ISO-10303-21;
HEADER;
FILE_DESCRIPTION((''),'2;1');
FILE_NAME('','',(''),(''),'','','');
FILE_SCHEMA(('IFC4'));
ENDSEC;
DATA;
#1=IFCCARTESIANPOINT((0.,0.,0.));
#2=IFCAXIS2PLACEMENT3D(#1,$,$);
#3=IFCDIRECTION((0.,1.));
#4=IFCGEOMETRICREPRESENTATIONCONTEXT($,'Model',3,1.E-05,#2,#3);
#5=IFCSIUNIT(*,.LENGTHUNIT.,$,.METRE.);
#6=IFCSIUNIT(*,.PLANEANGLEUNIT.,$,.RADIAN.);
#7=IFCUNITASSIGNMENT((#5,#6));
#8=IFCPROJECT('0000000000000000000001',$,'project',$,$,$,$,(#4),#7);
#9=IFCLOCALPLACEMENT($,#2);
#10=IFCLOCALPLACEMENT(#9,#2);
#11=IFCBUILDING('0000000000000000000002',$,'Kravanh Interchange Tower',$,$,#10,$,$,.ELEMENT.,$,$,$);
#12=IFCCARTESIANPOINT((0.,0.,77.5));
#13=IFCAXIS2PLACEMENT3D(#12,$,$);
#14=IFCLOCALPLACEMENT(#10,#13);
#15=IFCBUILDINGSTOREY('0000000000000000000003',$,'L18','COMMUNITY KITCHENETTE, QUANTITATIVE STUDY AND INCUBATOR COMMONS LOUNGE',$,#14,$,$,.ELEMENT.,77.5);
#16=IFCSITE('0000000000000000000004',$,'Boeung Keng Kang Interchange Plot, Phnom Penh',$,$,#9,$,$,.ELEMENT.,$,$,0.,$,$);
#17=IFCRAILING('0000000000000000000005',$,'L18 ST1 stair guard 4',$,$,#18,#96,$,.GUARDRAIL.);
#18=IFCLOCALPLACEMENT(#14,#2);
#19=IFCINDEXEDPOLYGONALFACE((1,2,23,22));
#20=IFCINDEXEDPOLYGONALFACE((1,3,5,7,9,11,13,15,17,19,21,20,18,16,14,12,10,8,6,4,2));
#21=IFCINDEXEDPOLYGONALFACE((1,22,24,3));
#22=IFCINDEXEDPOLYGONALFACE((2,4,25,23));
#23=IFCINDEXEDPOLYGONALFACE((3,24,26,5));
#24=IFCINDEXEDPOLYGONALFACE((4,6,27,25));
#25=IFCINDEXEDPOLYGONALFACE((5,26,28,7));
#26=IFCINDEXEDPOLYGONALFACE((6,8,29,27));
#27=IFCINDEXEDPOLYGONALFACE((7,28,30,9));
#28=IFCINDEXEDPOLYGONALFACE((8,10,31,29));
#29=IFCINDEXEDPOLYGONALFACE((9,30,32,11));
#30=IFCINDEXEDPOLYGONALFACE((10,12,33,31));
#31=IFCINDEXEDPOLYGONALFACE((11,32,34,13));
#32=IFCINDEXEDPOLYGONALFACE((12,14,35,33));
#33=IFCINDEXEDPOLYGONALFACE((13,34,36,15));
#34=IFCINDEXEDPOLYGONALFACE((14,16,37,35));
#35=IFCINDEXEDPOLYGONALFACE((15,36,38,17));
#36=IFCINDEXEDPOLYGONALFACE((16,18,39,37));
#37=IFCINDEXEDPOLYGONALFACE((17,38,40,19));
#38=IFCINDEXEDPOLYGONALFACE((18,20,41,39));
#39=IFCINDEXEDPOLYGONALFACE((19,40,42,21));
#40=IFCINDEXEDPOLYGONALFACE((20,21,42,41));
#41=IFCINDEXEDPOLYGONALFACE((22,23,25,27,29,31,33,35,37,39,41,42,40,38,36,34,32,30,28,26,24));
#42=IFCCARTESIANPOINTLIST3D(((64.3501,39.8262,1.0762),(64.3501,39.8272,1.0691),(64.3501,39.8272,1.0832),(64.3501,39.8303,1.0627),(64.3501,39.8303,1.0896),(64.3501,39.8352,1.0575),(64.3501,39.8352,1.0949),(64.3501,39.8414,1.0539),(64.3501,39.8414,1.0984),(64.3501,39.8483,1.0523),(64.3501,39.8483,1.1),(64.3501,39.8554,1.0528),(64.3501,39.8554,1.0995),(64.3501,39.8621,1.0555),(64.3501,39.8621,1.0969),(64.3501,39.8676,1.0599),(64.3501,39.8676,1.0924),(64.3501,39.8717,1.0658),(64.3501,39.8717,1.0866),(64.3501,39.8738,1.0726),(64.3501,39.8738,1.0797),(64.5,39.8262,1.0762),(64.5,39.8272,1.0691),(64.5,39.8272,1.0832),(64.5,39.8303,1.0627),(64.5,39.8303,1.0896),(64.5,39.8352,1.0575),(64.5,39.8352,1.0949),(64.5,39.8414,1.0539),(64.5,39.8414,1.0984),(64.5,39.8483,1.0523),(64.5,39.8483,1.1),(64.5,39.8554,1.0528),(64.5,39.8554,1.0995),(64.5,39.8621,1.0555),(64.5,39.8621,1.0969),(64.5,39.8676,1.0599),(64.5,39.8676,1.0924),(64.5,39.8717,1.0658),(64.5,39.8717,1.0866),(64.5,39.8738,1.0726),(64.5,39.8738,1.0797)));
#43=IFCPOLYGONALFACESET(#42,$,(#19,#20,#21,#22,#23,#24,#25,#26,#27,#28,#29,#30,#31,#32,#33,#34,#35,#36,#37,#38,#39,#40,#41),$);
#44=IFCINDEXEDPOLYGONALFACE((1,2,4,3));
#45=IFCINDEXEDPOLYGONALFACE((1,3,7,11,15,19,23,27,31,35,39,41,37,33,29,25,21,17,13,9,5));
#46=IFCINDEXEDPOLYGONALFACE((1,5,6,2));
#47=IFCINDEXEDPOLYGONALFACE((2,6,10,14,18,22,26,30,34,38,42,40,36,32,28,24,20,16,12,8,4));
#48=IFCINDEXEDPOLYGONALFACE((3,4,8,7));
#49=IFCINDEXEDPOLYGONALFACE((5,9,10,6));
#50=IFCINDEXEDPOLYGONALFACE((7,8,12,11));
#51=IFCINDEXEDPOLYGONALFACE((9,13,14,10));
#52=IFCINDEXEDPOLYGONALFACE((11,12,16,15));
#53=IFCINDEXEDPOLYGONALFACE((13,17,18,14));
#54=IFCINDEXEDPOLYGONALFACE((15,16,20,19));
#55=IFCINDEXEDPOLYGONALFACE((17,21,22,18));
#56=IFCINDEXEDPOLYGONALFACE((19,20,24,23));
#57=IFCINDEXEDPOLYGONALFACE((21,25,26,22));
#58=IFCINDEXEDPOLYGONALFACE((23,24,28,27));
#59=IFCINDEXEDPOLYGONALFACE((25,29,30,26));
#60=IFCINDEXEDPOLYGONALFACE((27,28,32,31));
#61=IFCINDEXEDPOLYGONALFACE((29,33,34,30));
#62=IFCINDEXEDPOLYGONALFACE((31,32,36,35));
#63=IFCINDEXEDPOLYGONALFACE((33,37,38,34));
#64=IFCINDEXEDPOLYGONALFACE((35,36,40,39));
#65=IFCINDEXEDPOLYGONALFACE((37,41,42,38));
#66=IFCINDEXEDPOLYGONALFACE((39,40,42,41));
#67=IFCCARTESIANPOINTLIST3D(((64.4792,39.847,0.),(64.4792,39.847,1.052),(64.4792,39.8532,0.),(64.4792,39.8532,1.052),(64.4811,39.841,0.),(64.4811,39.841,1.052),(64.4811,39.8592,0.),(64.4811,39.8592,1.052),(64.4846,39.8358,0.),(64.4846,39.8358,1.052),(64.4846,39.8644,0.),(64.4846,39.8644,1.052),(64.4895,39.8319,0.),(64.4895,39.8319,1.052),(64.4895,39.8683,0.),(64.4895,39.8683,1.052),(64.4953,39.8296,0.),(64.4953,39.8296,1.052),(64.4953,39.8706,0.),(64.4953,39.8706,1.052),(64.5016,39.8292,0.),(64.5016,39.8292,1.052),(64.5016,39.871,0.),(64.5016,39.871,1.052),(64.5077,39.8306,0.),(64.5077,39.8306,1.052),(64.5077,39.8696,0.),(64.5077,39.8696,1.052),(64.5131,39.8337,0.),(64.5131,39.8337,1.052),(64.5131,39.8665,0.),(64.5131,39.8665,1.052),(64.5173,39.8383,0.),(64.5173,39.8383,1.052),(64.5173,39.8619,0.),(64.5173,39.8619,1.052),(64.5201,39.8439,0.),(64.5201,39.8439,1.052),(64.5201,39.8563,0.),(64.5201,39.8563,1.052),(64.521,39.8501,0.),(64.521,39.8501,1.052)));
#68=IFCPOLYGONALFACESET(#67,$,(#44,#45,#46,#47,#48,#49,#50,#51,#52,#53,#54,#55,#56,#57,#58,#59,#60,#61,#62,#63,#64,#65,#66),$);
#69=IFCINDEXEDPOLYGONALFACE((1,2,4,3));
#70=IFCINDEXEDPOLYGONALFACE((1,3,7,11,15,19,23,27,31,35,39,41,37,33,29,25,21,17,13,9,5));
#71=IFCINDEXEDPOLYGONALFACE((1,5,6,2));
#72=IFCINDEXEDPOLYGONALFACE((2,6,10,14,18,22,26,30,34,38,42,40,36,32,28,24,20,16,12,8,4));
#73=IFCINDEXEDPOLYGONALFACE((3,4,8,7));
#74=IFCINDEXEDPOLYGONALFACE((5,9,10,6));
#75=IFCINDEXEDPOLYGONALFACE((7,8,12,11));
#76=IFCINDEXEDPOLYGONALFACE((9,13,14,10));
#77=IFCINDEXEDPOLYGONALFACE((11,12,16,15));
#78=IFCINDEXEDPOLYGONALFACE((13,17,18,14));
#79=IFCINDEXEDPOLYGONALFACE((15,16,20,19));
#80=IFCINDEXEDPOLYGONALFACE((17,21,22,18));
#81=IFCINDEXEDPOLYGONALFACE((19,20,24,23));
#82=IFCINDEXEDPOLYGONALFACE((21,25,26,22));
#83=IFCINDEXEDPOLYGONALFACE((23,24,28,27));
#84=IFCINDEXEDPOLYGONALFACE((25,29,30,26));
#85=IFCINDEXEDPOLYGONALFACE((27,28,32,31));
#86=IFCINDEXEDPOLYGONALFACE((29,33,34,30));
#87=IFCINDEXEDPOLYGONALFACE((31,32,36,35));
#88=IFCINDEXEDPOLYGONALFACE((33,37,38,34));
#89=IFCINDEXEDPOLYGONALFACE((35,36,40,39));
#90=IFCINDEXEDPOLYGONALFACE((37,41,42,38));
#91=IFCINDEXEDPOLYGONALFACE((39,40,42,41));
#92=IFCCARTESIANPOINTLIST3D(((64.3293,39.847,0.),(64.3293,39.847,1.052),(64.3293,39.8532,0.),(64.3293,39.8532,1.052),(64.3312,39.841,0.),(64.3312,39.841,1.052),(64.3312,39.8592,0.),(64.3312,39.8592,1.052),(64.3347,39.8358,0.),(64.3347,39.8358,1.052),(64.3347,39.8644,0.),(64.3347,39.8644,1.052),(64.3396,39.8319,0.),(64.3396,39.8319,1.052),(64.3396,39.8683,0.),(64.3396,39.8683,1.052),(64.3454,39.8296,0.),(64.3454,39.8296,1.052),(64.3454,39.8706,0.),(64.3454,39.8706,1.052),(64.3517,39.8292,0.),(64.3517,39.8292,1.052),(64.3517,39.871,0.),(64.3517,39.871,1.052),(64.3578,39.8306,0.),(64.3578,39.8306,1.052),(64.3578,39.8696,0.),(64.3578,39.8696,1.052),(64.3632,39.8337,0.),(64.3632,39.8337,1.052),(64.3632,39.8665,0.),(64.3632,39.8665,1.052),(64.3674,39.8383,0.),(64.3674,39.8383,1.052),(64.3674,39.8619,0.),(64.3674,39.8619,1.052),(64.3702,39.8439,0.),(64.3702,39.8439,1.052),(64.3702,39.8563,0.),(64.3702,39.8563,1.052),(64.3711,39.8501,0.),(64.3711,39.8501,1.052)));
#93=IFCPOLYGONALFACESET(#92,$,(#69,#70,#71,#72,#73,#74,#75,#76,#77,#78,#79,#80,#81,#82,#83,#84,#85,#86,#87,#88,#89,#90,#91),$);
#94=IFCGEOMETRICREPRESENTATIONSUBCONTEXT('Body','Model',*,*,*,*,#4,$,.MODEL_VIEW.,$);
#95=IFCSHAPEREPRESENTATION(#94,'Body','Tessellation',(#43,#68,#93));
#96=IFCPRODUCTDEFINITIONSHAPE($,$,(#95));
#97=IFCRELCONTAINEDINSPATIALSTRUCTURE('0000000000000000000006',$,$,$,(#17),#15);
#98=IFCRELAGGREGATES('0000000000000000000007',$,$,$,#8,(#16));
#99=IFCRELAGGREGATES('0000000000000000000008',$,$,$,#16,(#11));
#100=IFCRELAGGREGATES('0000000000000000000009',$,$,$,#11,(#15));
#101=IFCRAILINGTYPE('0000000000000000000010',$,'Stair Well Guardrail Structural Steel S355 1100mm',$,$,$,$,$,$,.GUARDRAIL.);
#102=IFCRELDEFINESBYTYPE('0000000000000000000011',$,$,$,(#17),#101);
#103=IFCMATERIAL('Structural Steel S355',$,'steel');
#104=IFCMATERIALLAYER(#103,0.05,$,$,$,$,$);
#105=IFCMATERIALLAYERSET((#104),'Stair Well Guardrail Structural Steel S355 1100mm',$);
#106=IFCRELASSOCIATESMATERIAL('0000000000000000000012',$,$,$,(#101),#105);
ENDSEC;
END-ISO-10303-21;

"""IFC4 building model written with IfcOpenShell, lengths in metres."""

from ifc_helpers import new_model, si_unit, direction, frame, origin, origin_2d, place, context, subcontext, project, spatial, circle, extrude, material, layer, layer_set, type_object, element, save


model = new_model("IFC4")

# Units and contexts
model_context = context("Model", 3, precision=1e-05, world=origin(), true_north=direction((0.0, 1.0)))
body_context = subcontext(model_context, "Body", "Model", "MODEL_VIEW")
ifc_project = project(units=[si_unit("LENGTHUNIT", "METRE"), si_unit("PLANEANGLEUNIT", "RADIAN")], contexts=[model_context])

# Site, building, storey
site_placement = place(None, origin())
site = spatial("IfcSite", under=ifc_project, at=site_placement, Name="Boeung Keng Kang Interchange Plot, Phnom Penh", CompositionType="ELEMENT", RefElevation=0.0)
building_placement = place(site_placement, origin())
building = spatial("IfcBuilding", under=site, at=building_placement, Name="Kravanh Interchange Tower", CompositionType="ELEMENT")
storey_placement = place(building_placement, frame((0.0, 0.0, 77.5)))
storey = spatial("IfcBuildingStorey", under=building, at=storey_placement, Name="L18", Description="COMMUNITY KITCHENETTE, QUANTITATIVE STUDY AND INCUBATOR COMMONS LOUNGE", CompositionType="ELEMENT", Elevation=77.5)

# Railing
ifc_material_1 = material(Name="Structural Steel S355", Category="steel")
ifc_layer_1 = layer(ifc_material_1, 0.05)
ifc_layer_set_1 = layer_set([ifc_layer_1], Name="Stair Well Guardrail Structural Steel S355 1100mm")
railing_type_1 = type_object("IfcRailingType", Name="Stair Well Guardrail Structural Steel S355 1100mm", PredefinedType="GUARDRAIL", material=ifc_layer_set_1)
railing_1_placement = place(storey_placement, frame((64.5, 39.8501, 0.0)))
element("IfcRailing", 1, at=railing_1_placement, inside=storey, type_object=railing_type_1, Name="L18 ST1 stair guard 4", PredefinedType="GUARDRAIL", context=body_context, shape_type="SweptSolid", body=[
    extrude(circle(Radius=0.0239, at=origin_2d()), frame((0.0, 0.0, 1.0762), z_axis=(-1.0, 0.0, 0.0), x_axis=(0.0, -1.0, 0.0)), (0.0, 0.0, 1.0), 0.1499),
    extrude(circle(Radius=0.021, at=origin_2d()), origin(), (0.0, 0.0, 1.0), 1.052),
    extrude(circle(Radius=0.021, at=origin_2d()), frame((-0.1499, 0.0, 0.0)), (0.0, 0.0, 1.0), 1.052),
])

save(model, "model.ifc")
